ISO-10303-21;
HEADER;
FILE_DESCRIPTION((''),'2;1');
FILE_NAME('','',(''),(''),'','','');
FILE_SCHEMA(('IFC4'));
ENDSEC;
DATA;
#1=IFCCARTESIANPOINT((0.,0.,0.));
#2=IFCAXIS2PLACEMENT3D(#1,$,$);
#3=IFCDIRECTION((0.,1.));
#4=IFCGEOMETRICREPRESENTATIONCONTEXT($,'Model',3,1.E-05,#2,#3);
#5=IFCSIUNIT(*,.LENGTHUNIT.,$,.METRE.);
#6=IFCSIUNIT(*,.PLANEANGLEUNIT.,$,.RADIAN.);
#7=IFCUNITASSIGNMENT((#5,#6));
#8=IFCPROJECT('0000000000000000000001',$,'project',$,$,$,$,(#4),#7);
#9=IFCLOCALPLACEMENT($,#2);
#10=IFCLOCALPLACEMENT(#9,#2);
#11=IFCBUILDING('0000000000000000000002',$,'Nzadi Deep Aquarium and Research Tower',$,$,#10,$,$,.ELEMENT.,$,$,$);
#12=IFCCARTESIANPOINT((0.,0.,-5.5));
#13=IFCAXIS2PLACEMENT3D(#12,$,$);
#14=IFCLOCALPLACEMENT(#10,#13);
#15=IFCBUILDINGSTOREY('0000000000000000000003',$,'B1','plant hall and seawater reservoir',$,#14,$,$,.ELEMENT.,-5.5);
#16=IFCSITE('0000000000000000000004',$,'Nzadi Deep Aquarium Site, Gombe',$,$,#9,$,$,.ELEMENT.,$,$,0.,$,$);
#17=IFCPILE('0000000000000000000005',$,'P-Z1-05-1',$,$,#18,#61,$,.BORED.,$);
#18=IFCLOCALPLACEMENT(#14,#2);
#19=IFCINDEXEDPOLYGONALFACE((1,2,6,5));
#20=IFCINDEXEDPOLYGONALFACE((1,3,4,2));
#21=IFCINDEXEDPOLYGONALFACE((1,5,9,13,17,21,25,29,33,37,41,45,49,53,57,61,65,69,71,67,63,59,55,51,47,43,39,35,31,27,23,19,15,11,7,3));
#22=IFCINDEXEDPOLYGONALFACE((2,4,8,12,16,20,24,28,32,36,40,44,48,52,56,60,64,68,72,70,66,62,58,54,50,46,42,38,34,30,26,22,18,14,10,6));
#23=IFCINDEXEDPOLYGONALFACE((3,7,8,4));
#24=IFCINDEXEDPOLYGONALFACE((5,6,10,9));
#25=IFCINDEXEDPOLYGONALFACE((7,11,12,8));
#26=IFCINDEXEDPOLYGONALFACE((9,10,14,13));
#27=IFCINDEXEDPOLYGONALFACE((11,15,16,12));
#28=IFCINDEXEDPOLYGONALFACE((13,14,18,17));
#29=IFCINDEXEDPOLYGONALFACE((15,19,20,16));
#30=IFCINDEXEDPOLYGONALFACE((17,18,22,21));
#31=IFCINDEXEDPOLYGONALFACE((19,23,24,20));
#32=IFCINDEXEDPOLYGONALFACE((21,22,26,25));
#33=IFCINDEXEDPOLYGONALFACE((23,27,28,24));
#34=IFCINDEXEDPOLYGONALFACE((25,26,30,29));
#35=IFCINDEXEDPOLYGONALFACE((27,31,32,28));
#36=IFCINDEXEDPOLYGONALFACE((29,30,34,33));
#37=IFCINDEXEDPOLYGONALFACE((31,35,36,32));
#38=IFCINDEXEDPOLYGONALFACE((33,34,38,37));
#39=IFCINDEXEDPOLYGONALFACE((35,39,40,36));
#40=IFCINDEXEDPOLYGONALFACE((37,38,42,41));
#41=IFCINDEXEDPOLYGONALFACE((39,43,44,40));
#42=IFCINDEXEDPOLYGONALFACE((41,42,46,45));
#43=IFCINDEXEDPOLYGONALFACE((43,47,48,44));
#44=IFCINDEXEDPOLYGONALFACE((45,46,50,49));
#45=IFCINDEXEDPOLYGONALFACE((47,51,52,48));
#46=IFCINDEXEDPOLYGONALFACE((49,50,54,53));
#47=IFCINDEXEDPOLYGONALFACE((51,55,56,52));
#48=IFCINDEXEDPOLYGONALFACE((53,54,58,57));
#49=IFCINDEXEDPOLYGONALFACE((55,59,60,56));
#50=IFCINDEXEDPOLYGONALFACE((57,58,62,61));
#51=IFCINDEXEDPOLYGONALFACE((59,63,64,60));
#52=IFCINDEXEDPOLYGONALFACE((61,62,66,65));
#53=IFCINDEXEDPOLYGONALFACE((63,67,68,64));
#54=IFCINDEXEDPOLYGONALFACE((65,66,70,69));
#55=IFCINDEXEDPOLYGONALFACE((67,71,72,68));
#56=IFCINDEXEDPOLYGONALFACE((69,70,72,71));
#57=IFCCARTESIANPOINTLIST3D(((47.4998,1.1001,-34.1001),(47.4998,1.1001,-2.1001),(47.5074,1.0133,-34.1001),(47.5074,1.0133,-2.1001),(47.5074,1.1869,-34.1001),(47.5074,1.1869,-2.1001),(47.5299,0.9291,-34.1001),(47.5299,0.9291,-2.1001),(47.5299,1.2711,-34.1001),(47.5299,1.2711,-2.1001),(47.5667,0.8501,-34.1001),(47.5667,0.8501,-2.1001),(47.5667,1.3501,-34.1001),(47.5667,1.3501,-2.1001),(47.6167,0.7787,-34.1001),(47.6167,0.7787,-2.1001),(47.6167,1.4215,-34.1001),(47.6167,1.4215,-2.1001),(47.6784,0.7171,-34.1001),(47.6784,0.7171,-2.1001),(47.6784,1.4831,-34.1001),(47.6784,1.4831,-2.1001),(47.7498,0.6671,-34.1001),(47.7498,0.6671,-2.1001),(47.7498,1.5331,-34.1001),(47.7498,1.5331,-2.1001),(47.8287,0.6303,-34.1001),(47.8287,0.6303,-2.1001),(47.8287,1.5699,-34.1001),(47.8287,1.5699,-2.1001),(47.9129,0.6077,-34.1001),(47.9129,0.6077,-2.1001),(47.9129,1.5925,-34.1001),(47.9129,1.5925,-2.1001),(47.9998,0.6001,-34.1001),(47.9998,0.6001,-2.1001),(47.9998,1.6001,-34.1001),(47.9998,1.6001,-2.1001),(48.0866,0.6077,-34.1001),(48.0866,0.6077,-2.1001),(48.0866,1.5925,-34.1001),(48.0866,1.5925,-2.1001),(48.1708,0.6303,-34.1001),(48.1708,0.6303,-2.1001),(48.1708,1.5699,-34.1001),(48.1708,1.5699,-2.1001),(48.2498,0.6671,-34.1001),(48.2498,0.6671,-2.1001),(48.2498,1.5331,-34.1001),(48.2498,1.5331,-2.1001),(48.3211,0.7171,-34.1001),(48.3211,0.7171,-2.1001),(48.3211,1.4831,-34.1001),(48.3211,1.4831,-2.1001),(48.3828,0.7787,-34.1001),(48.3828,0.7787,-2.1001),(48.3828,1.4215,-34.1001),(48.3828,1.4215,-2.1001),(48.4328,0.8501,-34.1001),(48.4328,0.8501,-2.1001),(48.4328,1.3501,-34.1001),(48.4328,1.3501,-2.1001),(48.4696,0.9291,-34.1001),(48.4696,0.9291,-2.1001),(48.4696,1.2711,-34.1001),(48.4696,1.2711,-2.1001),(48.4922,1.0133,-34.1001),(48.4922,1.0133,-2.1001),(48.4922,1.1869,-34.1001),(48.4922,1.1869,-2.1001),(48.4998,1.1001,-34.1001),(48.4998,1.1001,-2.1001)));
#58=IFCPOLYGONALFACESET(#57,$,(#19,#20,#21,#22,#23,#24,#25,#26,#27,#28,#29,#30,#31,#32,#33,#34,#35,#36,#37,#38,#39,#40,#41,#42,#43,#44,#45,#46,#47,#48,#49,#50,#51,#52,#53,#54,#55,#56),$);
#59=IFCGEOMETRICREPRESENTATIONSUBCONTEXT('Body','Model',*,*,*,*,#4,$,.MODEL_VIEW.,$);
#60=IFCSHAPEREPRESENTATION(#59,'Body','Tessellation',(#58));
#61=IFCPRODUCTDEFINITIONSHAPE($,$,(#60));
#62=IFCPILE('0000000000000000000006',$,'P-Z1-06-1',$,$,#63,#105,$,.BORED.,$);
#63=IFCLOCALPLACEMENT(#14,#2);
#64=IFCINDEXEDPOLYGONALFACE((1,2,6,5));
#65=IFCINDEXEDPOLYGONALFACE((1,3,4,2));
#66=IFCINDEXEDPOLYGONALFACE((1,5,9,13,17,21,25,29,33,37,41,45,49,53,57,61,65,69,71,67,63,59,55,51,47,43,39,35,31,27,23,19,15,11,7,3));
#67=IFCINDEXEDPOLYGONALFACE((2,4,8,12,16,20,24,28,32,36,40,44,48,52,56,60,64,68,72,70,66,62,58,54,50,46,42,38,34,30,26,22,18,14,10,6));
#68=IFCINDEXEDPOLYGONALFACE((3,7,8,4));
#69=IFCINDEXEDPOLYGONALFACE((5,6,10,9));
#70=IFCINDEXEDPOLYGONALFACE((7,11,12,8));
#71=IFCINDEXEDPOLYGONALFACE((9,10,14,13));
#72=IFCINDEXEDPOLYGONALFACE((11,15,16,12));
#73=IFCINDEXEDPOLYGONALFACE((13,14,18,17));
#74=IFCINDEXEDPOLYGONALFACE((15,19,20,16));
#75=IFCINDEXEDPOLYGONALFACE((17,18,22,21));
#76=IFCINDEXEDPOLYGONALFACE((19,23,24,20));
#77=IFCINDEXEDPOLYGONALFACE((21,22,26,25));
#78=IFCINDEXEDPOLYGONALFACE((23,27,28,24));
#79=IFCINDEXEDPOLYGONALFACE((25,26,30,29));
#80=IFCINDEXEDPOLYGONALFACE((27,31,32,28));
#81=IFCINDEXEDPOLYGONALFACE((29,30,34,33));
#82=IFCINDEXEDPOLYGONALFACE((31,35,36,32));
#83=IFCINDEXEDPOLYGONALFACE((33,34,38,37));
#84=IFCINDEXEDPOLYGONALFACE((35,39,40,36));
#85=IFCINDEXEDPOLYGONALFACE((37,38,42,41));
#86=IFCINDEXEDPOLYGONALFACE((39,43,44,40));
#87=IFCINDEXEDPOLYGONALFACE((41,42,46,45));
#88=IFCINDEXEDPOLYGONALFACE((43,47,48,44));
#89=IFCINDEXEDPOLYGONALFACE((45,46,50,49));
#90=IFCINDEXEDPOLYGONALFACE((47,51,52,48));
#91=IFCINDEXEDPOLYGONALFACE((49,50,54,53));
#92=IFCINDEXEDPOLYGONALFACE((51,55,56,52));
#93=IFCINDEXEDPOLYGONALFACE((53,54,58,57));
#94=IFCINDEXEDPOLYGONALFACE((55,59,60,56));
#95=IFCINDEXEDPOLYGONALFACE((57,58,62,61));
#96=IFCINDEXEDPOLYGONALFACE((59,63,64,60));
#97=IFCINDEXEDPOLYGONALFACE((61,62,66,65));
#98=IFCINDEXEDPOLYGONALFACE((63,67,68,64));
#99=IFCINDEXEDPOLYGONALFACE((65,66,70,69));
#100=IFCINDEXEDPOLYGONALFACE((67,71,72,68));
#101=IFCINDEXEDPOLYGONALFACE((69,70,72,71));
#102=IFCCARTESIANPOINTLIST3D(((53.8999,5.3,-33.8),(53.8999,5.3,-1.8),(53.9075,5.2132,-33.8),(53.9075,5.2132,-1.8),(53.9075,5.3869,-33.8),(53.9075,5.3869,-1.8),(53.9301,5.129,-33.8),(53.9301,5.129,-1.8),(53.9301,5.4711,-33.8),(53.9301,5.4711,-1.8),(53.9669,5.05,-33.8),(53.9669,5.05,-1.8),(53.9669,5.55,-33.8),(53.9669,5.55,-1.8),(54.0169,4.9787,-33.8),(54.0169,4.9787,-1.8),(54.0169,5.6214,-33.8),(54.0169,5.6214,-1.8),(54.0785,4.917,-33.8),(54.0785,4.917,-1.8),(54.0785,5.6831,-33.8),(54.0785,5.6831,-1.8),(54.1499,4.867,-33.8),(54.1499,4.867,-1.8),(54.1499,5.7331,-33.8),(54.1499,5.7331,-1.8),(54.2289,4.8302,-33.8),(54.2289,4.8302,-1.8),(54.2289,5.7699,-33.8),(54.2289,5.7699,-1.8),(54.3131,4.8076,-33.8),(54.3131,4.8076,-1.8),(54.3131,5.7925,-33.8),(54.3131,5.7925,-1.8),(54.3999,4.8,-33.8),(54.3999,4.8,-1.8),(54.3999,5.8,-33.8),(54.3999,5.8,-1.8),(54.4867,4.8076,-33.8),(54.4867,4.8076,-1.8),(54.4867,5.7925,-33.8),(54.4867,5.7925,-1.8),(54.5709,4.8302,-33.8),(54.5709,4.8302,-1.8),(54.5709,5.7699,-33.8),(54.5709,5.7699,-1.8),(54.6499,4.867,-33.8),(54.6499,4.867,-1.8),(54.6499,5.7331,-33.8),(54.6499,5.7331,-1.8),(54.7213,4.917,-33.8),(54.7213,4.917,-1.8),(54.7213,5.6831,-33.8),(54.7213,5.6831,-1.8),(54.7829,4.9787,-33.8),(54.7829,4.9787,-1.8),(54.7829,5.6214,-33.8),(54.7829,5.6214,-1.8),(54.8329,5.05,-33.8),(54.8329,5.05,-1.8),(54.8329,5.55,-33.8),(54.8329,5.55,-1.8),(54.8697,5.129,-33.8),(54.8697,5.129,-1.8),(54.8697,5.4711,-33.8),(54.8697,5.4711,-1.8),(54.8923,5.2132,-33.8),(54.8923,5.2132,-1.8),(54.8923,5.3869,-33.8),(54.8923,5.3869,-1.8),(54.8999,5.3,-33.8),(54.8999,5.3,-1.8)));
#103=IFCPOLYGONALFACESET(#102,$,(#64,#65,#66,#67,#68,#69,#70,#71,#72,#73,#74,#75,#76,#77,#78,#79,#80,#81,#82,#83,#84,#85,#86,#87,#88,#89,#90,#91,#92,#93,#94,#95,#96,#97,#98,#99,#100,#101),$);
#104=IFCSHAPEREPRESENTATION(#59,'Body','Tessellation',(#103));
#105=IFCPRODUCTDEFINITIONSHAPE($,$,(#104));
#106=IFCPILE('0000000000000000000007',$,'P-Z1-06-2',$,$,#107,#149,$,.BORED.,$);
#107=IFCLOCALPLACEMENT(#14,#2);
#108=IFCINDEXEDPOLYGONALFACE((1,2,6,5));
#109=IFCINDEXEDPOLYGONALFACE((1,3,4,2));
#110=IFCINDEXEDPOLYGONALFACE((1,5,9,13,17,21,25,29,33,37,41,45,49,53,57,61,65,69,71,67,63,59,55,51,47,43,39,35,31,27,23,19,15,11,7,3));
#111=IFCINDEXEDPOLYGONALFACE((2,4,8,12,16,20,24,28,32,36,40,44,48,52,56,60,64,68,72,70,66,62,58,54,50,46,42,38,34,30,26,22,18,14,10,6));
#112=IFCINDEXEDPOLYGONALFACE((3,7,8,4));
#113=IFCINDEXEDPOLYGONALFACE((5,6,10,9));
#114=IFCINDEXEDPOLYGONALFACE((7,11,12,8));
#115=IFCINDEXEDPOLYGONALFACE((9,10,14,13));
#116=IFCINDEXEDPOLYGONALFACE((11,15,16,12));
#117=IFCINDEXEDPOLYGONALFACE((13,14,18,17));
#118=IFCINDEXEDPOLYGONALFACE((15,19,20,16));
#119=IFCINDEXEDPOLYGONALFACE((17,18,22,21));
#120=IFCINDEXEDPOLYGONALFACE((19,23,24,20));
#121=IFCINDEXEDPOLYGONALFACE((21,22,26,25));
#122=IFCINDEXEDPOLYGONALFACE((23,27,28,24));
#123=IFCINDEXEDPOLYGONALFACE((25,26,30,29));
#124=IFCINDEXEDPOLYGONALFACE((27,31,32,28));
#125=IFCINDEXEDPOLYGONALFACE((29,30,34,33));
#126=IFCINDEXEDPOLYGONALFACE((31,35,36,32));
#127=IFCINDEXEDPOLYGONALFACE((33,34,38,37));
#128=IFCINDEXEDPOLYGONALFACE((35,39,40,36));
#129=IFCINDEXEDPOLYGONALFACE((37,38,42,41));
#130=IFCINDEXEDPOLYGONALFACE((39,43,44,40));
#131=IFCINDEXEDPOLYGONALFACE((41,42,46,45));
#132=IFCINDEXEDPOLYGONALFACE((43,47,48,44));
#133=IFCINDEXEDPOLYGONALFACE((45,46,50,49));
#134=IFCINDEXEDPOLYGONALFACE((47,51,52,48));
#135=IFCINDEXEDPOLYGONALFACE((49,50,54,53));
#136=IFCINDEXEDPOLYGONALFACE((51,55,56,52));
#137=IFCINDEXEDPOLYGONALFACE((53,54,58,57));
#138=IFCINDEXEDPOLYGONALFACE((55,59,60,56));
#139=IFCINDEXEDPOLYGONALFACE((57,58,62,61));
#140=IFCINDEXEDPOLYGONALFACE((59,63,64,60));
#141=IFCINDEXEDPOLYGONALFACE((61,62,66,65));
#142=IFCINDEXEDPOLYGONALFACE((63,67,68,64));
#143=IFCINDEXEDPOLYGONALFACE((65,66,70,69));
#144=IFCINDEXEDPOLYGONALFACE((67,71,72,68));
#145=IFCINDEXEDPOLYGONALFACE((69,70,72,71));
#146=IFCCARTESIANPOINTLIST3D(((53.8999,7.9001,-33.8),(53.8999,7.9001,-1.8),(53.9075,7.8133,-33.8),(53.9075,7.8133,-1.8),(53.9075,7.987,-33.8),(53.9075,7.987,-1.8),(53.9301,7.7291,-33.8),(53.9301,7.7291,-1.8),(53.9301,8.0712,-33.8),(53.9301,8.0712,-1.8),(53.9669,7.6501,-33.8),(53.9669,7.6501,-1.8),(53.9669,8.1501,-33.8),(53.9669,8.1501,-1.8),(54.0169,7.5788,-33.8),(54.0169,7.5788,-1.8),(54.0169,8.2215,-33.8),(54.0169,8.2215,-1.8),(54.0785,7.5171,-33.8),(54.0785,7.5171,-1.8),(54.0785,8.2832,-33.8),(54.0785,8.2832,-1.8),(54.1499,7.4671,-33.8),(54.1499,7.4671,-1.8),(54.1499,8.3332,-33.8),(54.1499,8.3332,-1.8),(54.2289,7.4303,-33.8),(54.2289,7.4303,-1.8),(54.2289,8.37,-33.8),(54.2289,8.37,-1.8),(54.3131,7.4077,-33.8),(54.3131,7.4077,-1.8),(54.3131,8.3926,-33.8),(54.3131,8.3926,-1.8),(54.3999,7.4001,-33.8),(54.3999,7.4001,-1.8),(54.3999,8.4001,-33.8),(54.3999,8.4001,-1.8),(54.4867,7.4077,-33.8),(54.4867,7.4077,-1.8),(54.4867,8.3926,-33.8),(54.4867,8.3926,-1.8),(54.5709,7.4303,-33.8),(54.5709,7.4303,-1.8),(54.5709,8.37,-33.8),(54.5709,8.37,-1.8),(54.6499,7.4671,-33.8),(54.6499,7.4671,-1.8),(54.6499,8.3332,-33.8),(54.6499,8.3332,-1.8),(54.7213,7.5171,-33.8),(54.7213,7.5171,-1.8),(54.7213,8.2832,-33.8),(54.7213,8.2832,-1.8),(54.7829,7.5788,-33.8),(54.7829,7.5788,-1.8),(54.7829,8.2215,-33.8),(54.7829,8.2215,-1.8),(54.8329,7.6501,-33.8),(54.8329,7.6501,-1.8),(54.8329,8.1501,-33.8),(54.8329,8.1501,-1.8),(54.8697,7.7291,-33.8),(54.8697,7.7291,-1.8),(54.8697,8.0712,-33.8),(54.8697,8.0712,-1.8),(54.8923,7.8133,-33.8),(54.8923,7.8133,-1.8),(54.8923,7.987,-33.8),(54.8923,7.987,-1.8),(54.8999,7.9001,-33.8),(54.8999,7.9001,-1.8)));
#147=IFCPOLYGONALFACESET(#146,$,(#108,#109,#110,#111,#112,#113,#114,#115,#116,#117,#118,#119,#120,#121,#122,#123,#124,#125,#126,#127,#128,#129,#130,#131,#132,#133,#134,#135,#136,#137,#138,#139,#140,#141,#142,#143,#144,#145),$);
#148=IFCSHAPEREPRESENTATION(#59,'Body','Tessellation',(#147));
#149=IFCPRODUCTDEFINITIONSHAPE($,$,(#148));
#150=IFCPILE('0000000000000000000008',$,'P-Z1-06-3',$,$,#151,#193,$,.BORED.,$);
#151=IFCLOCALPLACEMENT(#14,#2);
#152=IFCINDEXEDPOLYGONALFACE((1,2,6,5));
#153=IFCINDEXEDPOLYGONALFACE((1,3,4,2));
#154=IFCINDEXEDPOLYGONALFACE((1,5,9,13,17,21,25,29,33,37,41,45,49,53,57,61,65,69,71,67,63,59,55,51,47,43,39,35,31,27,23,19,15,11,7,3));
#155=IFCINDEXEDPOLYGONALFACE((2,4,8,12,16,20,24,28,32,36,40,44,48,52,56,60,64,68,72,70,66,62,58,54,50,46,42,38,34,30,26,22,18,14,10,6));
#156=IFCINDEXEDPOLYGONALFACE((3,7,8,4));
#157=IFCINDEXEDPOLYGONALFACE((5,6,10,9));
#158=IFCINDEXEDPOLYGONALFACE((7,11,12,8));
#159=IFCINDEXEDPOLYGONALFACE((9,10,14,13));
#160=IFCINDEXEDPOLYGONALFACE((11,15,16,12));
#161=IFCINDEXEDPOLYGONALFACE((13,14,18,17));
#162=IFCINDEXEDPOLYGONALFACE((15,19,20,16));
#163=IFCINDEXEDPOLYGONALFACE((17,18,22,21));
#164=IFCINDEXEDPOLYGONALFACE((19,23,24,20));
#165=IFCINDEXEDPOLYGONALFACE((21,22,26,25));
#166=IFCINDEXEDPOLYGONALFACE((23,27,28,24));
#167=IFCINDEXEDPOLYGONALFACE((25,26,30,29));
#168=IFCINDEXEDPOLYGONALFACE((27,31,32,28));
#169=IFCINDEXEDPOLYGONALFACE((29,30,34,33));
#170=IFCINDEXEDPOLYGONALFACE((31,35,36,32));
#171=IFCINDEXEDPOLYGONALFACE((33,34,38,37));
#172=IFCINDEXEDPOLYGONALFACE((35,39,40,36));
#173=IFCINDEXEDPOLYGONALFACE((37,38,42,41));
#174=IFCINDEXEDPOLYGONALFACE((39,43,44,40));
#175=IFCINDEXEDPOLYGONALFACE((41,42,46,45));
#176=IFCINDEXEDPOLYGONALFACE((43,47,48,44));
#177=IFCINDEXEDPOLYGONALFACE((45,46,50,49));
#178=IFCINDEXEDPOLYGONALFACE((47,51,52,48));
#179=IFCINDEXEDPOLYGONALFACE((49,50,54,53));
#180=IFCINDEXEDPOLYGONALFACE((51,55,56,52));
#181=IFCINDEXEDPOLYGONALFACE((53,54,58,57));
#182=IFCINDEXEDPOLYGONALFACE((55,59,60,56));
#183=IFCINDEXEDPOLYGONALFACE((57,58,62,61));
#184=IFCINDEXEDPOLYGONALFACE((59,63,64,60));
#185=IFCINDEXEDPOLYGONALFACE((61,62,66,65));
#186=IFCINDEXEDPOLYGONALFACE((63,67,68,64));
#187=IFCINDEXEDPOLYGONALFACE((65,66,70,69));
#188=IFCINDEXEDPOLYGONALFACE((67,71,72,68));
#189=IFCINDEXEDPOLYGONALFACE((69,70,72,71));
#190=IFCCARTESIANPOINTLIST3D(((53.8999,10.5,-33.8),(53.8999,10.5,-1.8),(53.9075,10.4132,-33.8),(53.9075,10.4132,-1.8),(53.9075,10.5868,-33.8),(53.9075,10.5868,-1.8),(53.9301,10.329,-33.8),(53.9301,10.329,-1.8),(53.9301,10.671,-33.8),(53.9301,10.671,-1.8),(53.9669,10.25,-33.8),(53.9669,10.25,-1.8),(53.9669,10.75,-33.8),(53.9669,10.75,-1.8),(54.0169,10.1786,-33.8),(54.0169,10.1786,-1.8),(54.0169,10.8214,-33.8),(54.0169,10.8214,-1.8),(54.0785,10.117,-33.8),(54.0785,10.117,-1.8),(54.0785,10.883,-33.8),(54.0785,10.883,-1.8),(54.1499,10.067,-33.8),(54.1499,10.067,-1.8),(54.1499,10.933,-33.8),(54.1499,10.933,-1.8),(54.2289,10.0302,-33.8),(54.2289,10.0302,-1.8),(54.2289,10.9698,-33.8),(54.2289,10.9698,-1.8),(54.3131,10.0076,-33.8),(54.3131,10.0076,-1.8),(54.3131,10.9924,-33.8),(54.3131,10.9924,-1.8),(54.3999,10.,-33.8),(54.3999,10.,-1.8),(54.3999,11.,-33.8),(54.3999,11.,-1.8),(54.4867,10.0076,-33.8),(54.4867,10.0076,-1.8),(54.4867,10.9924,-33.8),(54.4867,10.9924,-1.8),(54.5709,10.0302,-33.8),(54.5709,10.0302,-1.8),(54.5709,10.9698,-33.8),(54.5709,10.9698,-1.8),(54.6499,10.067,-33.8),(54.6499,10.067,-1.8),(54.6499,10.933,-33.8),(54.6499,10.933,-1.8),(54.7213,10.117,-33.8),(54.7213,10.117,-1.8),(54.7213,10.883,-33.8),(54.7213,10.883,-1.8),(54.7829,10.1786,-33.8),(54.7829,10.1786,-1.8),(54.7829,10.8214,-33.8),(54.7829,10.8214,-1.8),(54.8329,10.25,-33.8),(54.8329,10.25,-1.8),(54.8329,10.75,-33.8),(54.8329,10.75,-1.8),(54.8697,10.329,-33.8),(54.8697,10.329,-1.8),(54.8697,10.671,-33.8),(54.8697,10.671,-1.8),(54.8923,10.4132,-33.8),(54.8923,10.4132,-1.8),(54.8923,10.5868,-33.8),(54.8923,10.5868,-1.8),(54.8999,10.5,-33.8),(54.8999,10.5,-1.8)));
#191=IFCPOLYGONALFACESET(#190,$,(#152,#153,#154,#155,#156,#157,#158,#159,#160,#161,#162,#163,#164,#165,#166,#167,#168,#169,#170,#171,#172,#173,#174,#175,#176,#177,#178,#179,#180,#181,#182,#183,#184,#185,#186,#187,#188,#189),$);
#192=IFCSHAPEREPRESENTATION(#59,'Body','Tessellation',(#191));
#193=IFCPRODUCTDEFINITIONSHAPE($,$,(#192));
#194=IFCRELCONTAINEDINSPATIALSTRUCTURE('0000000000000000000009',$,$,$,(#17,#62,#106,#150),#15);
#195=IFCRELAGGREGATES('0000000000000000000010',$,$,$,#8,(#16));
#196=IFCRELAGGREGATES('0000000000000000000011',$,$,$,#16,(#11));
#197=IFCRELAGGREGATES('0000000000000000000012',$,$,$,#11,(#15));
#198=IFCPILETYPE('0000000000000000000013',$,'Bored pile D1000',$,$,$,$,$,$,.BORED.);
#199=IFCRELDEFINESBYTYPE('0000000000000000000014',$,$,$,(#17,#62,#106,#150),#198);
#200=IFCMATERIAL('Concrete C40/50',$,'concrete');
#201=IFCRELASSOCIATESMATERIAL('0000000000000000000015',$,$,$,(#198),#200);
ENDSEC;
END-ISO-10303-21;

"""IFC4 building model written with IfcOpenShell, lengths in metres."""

from ifc_helpers import new_model, si_unit, direction, frame, origin, origin_2d, place, context, subcontext, project, spatial, circle, extrude, material, material_profile, profile_set, type_object, element, save


model = new_model("IFC4")

# Units and contexts
model_context = context("Model", 3, precision=1e-05, world=origin(), true_north=direction((0.0, 1.0)))
body_context = subcontext(model_context, "Body", "Model", "MODEL_VIEW")
ifc_project = project(units=[si_unit("LENGTHUNIT", "METRE"), si_unit("PLANEANGLEUNIT", "RADIAN")], contexts=[model_context])

# Site, building, storey
site_placement = place(None, origin())
site = spatial("IfcSite", under=ifc_project, at=site_placement, Name="Nzadi Deep Aquarium Site, Gombe", CompositionType="ELEMENT", RefElevation=0.0)
building_placement = place(site_placement, origin())
building = spatial("IfcBuilding", under=site, at=building_placement, Name="Nzadi Deep Aquarium and Research Tower", CompositionType="ELEMENT")
storey_placement = place(building_placement, frame((0.0, 0.0, -5.5)))
storey = spatial("IfcBuildingStorey", under=building, at=storey_placement, Name="B1", Description="plant hall and seawater reservoir", CompositionType="ELEMENT", Elevation=-5.5)

# Piles
ifc_material_1 = material(Name="Concrete C40/50", Category="concrete")
ifc_material_profile_1 = material_profile(ifc_material_1, circle(Radius=0.5, at=origin_2d()))
ifc_profile_set_1 = profile_set([ifc_material_profile_1], Name="Concrete C40/50")
pile_type_1 = type_object("IfcPileType", Name="Bored pile D1000", PredefinedType="BORED", material=ifc_profile_set_1)
for number, where, z_axis, x_axis, name in (
    (1, (47.9998, 1.1001, -2.1001), (0.0, 0.0, -1.0), (1.0, 0.0, 0.0), "P-Z1-05-1"),
    (2, (54.3999, 5.3, -1.8), (0.0, 0.0, -1.0), (1.0, 0.0, 0.0), "P-Z1-06-1"),
    (3, (54.3999, 7.9001, -1.8), (0.0, 0.0, -1.0), (1.0, 0.0, 0.0), "P-Z1-06-2"),
    (4, (54.3999, 10.5, -1.8), (0.0, 0.0, -1.0), (1.0, 0.0, 0.0), "P-Z1-06-3"),
):
    element("IfcPile", number, at=place(storey_placement, frame(where, z_axis=z_axis, x_axis=x_axis)), inside=storey, type_object=pile_type_1, Name=name, PredefinedType="BORED", context=body_context, shape_type="SweptSolid", body=[
        extrude(circle(Radius=0.5, at=origin_2d()), origin(), (0.0, 0.0, 1.0), 32.0),
    ])

save(model, "model.ifc")
